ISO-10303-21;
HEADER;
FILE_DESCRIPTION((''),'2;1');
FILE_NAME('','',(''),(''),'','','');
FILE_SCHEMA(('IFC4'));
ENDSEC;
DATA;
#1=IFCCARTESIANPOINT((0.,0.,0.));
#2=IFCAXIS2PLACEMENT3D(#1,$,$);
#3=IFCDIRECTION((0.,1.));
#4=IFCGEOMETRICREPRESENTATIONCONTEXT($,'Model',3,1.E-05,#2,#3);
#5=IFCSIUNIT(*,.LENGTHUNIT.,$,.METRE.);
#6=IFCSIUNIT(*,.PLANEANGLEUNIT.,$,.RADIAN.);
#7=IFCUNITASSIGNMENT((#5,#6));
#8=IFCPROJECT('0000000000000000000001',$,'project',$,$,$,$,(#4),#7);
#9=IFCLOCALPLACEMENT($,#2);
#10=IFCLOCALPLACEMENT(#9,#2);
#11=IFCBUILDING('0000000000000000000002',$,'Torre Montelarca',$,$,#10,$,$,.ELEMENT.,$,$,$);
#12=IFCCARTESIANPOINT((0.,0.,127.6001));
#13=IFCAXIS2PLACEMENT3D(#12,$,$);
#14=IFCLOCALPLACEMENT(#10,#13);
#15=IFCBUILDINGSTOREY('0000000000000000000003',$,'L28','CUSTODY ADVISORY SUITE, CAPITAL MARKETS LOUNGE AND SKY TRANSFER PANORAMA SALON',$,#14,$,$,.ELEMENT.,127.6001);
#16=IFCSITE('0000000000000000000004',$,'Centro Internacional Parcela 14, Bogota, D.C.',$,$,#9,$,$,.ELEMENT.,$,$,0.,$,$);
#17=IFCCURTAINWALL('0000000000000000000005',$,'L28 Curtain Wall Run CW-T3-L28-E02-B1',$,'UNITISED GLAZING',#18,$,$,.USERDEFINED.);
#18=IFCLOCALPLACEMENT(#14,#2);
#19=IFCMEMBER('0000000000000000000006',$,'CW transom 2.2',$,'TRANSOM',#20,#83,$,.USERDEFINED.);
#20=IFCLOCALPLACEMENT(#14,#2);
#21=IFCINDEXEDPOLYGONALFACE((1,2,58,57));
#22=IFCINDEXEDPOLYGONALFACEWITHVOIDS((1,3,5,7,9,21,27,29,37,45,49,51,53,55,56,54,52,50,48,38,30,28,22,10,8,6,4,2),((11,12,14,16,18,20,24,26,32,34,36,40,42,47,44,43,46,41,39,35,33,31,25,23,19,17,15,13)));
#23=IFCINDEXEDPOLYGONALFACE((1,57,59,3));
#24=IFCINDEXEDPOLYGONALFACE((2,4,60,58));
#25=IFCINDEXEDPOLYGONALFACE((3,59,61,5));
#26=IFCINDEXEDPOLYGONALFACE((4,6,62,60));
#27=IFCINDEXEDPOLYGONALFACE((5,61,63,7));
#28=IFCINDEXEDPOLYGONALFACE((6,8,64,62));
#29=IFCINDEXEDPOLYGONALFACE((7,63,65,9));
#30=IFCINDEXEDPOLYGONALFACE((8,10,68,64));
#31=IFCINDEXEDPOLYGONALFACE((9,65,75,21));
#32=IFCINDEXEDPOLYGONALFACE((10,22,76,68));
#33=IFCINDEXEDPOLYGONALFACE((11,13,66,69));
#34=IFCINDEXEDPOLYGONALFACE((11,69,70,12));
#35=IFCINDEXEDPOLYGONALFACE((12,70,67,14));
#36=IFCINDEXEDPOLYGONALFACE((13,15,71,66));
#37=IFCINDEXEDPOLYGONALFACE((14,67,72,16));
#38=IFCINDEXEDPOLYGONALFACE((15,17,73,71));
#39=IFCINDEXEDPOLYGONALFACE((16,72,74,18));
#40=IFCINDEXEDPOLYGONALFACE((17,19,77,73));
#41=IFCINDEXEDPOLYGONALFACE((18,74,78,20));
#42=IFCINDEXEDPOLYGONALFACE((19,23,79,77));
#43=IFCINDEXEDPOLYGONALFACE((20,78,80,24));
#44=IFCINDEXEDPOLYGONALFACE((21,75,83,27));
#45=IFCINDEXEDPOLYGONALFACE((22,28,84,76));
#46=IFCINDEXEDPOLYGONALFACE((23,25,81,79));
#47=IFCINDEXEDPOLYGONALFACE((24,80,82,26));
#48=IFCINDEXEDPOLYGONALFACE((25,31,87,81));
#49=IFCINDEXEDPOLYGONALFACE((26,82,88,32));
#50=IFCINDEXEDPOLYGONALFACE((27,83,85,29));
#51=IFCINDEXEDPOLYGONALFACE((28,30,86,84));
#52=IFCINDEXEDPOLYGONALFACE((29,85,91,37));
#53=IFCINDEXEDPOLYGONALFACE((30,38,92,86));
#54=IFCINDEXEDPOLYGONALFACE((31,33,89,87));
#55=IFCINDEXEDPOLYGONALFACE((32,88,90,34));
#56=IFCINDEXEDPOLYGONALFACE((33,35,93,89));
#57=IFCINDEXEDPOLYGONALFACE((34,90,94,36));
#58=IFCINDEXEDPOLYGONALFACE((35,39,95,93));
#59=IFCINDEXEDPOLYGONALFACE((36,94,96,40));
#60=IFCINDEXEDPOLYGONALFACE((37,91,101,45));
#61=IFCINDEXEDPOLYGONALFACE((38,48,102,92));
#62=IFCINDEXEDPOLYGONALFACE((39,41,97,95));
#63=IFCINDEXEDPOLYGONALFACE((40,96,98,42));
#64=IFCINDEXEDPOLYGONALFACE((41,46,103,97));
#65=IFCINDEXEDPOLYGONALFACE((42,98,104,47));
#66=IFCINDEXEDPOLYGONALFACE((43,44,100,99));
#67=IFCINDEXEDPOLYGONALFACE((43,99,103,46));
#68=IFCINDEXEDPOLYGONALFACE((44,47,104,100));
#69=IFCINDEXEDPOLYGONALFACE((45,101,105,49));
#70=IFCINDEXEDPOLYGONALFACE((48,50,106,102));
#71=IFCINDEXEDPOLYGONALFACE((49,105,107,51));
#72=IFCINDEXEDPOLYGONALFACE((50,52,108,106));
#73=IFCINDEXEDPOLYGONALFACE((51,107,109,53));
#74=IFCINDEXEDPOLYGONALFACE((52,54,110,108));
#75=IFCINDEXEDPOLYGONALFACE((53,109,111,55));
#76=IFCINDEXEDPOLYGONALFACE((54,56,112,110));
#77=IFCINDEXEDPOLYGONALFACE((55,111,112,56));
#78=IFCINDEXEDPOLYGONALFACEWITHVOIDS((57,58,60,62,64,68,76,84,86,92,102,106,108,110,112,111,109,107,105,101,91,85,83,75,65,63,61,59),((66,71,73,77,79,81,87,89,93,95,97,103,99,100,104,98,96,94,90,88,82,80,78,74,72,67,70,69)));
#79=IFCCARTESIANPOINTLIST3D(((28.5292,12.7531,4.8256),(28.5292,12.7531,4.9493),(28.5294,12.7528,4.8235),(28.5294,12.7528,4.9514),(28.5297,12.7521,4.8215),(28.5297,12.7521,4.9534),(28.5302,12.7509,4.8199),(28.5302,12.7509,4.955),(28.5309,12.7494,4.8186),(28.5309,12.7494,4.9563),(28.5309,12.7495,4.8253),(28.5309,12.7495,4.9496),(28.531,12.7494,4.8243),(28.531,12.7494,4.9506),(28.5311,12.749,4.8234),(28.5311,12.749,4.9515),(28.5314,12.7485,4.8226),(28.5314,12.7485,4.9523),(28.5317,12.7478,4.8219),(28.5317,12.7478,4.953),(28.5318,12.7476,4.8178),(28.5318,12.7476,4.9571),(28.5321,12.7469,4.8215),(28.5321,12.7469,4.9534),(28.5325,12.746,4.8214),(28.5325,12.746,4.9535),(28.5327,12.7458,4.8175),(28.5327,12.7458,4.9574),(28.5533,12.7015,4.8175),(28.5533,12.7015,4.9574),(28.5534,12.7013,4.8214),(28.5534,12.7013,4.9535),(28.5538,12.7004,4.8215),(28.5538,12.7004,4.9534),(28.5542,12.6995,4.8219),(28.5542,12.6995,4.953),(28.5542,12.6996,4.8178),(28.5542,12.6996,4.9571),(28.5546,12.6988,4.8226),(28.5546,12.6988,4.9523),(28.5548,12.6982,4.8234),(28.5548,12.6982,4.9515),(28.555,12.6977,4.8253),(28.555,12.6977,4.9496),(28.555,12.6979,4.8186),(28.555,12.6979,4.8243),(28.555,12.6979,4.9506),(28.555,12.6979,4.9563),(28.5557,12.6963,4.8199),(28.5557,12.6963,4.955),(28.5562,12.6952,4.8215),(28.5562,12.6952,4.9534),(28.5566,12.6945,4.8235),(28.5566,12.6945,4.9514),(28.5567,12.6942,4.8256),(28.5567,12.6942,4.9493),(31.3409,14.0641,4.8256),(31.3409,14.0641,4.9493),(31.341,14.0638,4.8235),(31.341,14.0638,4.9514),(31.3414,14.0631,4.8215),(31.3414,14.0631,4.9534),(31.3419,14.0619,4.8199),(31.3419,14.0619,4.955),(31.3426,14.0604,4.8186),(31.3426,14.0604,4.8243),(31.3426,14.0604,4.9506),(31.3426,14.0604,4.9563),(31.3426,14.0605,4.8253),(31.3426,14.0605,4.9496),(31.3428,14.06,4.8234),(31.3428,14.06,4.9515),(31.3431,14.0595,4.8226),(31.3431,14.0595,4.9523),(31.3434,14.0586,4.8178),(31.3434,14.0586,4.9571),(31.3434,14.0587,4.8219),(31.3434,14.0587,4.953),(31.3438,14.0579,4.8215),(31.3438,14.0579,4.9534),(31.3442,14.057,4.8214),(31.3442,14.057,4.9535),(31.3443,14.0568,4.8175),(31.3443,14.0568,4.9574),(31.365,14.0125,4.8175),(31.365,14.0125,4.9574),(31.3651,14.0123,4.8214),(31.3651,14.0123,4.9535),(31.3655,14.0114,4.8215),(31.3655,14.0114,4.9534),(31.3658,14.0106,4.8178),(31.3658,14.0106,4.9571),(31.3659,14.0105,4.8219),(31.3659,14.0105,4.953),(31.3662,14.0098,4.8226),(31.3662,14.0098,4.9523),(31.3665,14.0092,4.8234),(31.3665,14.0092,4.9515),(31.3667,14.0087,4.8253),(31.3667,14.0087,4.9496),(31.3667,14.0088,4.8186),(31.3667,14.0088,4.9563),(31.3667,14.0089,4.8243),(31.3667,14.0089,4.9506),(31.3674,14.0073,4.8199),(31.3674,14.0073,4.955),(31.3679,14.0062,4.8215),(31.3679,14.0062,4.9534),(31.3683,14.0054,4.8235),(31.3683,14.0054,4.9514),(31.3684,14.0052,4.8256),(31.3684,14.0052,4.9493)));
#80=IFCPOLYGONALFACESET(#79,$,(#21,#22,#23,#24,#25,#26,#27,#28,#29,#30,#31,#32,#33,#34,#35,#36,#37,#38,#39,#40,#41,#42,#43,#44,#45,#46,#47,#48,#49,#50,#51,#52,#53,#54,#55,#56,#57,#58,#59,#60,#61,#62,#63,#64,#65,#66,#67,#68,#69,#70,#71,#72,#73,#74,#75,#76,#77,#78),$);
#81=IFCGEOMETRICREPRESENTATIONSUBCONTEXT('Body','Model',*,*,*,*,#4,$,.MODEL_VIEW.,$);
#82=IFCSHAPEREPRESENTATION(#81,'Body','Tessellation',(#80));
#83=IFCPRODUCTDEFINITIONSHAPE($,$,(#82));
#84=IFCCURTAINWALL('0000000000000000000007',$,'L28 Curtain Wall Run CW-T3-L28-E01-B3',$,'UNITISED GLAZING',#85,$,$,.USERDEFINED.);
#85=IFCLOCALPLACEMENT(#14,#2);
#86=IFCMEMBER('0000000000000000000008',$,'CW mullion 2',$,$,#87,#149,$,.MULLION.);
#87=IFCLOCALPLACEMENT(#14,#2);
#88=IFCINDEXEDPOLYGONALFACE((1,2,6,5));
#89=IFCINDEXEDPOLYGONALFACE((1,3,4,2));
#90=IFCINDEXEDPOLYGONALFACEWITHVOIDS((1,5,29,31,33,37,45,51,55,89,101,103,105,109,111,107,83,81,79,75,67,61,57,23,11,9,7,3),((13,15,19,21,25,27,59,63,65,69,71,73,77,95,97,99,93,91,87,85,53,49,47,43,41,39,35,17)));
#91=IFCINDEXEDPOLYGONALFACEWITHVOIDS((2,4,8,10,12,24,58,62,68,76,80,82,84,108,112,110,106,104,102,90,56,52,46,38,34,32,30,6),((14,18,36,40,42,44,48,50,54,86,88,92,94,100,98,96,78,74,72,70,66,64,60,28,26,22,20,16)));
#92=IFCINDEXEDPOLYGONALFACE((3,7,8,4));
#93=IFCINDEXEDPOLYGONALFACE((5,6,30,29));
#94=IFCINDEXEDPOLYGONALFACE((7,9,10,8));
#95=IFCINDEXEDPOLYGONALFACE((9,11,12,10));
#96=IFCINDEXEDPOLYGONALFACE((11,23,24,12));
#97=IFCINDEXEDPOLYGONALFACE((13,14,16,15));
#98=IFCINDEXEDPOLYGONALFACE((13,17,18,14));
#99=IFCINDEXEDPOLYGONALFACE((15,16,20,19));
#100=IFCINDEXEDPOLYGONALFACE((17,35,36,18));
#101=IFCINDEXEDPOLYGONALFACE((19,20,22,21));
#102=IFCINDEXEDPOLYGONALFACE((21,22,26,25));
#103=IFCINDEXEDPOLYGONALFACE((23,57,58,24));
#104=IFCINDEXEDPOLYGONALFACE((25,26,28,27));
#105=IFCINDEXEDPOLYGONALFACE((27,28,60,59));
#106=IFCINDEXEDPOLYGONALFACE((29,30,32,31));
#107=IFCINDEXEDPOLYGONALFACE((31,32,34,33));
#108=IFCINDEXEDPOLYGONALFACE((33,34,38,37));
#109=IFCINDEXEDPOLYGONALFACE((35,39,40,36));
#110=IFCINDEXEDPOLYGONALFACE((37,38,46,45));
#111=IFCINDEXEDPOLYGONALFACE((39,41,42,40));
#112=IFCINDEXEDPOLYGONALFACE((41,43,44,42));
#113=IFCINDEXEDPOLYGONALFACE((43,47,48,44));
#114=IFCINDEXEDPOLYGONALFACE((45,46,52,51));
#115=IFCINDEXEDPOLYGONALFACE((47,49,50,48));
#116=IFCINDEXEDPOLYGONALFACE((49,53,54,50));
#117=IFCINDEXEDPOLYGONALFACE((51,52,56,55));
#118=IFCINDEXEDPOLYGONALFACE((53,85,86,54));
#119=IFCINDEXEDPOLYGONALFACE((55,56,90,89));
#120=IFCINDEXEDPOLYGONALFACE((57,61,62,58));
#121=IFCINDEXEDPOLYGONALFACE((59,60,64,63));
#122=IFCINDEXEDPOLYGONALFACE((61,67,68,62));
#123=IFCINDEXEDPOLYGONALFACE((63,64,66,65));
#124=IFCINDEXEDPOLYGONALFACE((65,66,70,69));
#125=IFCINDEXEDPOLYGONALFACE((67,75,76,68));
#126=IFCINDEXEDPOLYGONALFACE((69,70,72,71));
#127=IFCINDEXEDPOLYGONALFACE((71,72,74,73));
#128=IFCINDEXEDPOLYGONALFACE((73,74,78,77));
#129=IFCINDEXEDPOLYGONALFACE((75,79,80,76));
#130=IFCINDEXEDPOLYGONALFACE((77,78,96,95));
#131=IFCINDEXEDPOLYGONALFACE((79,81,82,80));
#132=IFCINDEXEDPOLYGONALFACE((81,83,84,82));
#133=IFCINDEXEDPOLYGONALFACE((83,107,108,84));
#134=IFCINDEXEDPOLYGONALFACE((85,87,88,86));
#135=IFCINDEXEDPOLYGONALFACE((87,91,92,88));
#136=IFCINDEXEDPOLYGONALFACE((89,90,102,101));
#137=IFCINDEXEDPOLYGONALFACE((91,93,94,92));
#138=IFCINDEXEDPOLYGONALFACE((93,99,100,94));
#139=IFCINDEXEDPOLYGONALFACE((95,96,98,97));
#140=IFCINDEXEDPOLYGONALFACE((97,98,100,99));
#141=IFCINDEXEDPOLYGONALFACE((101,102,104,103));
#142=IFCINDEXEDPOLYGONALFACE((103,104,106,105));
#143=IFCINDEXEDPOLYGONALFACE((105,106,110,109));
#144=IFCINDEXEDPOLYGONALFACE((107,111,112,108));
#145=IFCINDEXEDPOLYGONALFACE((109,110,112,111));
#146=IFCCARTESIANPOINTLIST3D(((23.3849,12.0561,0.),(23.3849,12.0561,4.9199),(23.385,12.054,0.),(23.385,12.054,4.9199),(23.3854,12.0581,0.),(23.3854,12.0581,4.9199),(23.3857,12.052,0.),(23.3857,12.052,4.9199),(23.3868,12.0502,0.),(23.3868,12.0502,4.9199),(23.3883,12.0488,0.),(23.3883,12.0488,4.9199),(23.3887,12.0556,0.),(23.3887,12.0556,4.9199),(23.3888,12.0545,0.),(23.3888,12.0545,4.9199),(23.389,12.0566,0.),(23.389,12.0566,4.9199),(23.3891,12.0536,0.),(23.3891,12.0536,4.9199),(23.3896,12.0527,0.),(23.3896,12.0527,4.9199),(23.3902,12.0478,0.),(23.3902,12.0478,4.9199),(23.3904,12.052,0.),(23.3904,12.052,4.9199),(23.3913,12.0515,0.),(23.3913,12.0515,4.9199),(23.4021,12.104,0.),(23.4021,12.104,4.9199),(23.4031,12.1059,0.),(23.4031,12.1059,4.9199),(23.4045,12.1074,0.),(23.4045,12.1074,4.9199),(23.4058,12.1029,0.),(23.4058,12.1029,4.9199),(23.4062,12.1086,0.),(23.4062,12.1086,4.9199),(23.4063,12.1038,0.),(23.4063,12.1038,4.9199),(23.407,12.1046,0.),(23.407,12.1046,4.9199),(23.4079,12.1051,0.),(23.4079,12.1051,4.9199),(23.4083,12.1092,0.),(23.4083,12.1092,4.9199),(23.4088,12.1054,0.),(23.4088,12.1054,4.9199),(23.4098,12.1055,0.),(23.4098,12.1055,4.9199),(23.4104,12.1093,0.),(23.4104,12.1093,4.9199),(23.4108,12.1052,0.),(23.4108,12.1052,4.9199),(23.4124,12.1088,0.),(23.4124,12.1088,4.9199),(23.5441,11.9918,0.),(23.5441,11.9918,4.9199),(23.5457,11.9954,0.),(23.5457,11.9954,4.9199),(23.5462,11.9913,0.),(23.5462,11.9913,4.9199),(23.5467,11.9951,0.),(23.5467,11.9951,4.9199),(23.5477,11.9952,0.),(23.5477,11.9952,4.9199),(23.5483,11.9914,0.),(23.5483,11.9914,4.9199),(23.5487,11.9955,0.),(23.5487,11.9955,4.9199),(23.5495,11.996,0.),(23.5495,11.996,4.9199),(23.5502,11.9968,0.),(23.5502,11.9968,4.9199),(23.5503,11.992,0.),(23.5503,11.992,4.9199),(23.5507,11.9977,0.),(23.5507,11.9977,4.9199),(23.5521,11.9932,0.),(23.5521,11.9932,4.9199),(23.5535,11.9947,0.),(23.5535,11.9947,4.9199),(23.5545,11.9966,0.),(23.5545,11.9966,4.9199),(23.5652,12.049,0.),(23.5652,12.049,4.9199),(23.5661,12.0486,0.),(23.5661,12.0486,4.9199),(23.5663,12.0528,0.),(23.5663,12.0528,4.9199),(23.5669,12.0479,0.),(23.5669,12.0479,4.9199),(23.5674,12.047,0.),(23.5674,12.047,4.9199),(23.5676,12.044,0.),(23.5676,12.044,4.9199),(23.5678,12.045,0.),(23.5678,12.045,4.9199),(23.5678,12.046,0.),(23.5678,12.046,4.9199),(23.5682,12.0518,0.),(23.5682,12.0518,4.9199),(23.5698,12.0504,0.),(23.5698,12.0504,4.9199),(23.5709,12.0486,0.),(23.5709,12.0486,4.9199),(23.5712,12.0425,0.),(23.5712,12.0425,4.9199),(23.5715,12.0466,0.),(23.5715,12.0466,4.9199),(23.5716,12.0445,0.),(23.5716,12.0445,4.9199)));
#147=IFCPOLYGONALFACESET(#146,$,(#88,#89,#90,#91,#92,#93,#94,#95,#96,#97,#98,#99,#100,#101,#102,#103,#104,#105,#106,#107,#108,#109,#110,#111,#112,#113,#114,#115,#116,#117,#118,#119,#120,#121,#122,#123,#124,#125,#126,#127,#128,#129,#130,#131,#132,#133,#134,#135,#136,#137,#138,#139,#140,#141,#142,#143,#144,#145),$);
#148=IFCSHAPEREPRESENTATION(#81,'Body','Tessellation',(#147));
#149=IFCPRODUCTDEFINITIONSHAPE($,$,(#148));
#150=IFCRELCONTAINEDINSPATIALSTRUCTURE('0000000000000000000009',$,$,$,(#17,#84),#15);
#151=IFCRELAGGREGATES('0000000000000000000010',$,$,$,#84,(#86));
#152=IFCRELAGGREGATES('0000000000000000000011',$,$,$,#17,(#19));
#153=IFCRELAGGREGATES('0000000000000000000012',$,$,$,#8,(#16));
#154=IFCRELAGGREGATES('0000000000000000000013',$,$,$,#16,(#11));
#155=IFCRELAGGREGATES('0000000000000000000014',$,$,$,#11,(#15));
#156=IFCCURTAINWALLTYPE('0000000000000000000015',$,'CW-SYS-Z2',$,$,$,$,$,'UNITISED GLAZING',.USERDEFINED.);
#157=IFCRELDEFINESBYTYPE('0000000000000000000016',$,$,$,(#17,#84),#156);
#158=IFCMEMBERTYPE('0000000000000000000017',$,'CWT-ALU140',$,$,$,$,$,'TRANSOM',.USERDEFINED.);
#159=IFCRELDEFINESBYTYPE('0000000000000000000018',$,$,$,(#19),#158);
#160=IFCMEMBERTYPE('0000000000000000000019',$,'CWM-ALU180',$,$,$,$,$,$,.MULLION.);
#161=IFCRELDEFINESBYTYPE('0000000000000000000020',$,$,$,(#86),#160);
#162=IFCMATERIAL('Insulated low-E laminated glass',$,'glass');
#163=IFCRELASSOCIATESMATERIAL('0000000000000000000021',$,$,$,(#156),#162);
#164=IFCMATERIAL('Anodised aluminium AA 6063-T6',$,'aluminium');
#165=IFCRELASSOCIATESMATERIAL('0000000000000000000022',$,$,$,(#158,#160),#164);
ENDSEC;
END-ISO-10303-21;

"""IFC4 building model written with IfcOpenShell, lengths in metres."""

from ifc_helpers import new_model, si_unit, direction, frame, origin, origin_2d, place, context, subcontext, project, spatial, hollow_rectangle, extrude, source, transform, mapped, material, material_profile, profile_set, type_object, element, aggregate, save


model = new_model("IFC4")

# Units and contexts
model_context = context("Model", 3, precision=1e-05, world=origin(), true_north=direction((0.0, 1.0)))
body_context = subcontext(model_context, "Body", "Model", "MODEL_VIEW")
ifc_project = project(units=[si_unit("LENGTHUNIT", "METRE"), si_unit("PLANEANGLEUNIT", "RADIAN")], contexts=[model_context])

# Site, building, storey
site_placement = place(None, origin())
site = spatial("IfcSite", under=ifc_project, at=site_placement, Name="Centro Internacional Parcela 14, Bogota, D.C.", CompositionType="ELEMENT", RefElevation=0.0)
building_placement = place(site_placement, origin())
building = spatial("IfcBuilding", under=site, at=building_placement, Name="Torre Montelarca", CompositionType="ELEMENT")
storey_placement = place(building_placement, frame((0.0, 0.0, 127.6001)))
storey = spatial("IfcBuildingStorey", under=building, at=storey_placement, Name="L28", Description="CUSTODY ADVISORY SUITE, CAPITAL MARKETS LOUNGE AND SKY TRANSFER PANORAMA SALON", CompositionType="ELEMENT", Elevation=127.6001)

# Curtain walls, members
ifc_material_1 = material(Name="Insulated low-E laminated glass", Category="glass")
curtain_wall_type = type_object("IfcCurtainWallType", Name="CW-SYS-Z2", ElementType="UNITISED GLAZING", PredefinedType="USERDEFINED", material=ifc_material_1)
curtain_wall_1_placement = place(storey_placement, origin())
curtain_wall_1 = element("IfcCurtainWall", 1, at=curtain_wall_1_placement, inside=storey, type_object=curtain_wall_type, Name="L28 Curtain Wall Run CW-T3-L28-E02-B1", ObjectType="UNITISED GLAZING", PredefinedType="USERDEFINED")
ifc_material_2 = material(Name="Anodised aluminium AA 6063-T6", Category="aluminium")
ifc_material_profile_1 = material_profile(ifc_material_2, hollow_rectangle(XDim=0.0649, YDim=0.1399, WallThickness=0.0039, InnerFilletRadius=0.0039, OuterFilletRadius=0.0081, at=origin_2d()), Name="ALU65X140X4", Category="aluminium")
ifc_profile_set_1 = profile_set([ifc_material_profile_1], Name="Anodised aluminium AA 6063-T6")
member_type_1 = type_object("IfcMemberType", Name="CWT-ALU140", ElementType="TRANSOM", PredefinedType="USERDEFINED", material=ifc_profile_set_1)
shared_shape_1 = source(origin(), body_context, "Body", "SweptSolid", [
    extrude(hollow_rectangle(XDim=0.0649, YDim=0.1399, WallThickness=0.0039, InnerFilletRadius=0.0039, OuterFilletRadius=0.0081, at=origin_2d()), origin(), (0.0, 0.0, 1.0), 3.1023),
])
member_1_placement = place(storey_placement, frame((28.543, 12.7236, 4.8875), z_axis=(0.906322, 0.422588, 0.0), x_axis=(-0.422588, 0.906322, 0.0)))
member_1 = element("IfcMember", 2, at=member_1_placement, type_object=member_type_1, Name="CW transom 2.2", ObjectType="TRANSOM", PredefinedType="USERDEFINED", context=body_context, shape_type="MappedRepresentation", body=[
    mapped(shared_shape_1, transform((0.0, 0.0, 0.0), scale=1.0)),
])
curtain_wall_2_placement = place(storey_placement, origin())
curtain_wall_2 = element("IfcCurtainWall", 3, at=curtain_wall_2_placement, inside=storey, type_object=curtain_wall_type, Name="L28 Curtain Wall Run CW-T3-L28-E01-B3", ObjectType="UNITISED GLAZING", PredefinedType="USERDEFINED")
ifc_material_profile_2 = material_profile(ifc_material_2, hollow_rectangle(XDim=0.0649, YDim=0.1799, WallThickness=0.0039, InnerFilletRadius=0.0039, OuterFilletRadius=0.0081, at=origin_2d()), Name="ALU65X180X4", Category="aluminium")
ifc_profile_set_2 = profile_set([ifc_material_profile_2], Name="Anodised aluminium AA 6063-T6")
member_type_2 = type_object("IfcMemberType", Name="CWM-ALU180", PredefinedType="MULLION", material=ifc_profile_set_2)
shared_shape_2 = source(origin(), body_context, "Body", "SweptSolid", [
    extrude(hollow_rectangle(XDim=0.0649, YDim=0.1799, WallThickness=0.0039, InnerFilletRadius=0.0039, OuterFilletRadius=0.0081, at=origin_2d()), origin(), (0.0, 0.0, 1.0), 4.9199),
])
member_2_placement = place(storey_placement, frame((23.4783, 12.0503, 0.0), z_axis=(0.0, 0.0, 1.0), x_axis=(0.342023, 0.939692, 0.0)))
member_2 = element("IfcMember", 4, at=member_2_placement, type_object=member_type_2, Name="CW mullion 2", PredefinedType="MULLION", context=body_context, shape_type="MappedRepresentation", body=[
    mapped(shared_shape_2, transform((0.0, 0.0, 0.0), scale=1.0)),
])

aggregate(curtain_wall_2, [member_2])
aggregate(curtain_wall_1, [member_1])

save(model, "model.ifc")
